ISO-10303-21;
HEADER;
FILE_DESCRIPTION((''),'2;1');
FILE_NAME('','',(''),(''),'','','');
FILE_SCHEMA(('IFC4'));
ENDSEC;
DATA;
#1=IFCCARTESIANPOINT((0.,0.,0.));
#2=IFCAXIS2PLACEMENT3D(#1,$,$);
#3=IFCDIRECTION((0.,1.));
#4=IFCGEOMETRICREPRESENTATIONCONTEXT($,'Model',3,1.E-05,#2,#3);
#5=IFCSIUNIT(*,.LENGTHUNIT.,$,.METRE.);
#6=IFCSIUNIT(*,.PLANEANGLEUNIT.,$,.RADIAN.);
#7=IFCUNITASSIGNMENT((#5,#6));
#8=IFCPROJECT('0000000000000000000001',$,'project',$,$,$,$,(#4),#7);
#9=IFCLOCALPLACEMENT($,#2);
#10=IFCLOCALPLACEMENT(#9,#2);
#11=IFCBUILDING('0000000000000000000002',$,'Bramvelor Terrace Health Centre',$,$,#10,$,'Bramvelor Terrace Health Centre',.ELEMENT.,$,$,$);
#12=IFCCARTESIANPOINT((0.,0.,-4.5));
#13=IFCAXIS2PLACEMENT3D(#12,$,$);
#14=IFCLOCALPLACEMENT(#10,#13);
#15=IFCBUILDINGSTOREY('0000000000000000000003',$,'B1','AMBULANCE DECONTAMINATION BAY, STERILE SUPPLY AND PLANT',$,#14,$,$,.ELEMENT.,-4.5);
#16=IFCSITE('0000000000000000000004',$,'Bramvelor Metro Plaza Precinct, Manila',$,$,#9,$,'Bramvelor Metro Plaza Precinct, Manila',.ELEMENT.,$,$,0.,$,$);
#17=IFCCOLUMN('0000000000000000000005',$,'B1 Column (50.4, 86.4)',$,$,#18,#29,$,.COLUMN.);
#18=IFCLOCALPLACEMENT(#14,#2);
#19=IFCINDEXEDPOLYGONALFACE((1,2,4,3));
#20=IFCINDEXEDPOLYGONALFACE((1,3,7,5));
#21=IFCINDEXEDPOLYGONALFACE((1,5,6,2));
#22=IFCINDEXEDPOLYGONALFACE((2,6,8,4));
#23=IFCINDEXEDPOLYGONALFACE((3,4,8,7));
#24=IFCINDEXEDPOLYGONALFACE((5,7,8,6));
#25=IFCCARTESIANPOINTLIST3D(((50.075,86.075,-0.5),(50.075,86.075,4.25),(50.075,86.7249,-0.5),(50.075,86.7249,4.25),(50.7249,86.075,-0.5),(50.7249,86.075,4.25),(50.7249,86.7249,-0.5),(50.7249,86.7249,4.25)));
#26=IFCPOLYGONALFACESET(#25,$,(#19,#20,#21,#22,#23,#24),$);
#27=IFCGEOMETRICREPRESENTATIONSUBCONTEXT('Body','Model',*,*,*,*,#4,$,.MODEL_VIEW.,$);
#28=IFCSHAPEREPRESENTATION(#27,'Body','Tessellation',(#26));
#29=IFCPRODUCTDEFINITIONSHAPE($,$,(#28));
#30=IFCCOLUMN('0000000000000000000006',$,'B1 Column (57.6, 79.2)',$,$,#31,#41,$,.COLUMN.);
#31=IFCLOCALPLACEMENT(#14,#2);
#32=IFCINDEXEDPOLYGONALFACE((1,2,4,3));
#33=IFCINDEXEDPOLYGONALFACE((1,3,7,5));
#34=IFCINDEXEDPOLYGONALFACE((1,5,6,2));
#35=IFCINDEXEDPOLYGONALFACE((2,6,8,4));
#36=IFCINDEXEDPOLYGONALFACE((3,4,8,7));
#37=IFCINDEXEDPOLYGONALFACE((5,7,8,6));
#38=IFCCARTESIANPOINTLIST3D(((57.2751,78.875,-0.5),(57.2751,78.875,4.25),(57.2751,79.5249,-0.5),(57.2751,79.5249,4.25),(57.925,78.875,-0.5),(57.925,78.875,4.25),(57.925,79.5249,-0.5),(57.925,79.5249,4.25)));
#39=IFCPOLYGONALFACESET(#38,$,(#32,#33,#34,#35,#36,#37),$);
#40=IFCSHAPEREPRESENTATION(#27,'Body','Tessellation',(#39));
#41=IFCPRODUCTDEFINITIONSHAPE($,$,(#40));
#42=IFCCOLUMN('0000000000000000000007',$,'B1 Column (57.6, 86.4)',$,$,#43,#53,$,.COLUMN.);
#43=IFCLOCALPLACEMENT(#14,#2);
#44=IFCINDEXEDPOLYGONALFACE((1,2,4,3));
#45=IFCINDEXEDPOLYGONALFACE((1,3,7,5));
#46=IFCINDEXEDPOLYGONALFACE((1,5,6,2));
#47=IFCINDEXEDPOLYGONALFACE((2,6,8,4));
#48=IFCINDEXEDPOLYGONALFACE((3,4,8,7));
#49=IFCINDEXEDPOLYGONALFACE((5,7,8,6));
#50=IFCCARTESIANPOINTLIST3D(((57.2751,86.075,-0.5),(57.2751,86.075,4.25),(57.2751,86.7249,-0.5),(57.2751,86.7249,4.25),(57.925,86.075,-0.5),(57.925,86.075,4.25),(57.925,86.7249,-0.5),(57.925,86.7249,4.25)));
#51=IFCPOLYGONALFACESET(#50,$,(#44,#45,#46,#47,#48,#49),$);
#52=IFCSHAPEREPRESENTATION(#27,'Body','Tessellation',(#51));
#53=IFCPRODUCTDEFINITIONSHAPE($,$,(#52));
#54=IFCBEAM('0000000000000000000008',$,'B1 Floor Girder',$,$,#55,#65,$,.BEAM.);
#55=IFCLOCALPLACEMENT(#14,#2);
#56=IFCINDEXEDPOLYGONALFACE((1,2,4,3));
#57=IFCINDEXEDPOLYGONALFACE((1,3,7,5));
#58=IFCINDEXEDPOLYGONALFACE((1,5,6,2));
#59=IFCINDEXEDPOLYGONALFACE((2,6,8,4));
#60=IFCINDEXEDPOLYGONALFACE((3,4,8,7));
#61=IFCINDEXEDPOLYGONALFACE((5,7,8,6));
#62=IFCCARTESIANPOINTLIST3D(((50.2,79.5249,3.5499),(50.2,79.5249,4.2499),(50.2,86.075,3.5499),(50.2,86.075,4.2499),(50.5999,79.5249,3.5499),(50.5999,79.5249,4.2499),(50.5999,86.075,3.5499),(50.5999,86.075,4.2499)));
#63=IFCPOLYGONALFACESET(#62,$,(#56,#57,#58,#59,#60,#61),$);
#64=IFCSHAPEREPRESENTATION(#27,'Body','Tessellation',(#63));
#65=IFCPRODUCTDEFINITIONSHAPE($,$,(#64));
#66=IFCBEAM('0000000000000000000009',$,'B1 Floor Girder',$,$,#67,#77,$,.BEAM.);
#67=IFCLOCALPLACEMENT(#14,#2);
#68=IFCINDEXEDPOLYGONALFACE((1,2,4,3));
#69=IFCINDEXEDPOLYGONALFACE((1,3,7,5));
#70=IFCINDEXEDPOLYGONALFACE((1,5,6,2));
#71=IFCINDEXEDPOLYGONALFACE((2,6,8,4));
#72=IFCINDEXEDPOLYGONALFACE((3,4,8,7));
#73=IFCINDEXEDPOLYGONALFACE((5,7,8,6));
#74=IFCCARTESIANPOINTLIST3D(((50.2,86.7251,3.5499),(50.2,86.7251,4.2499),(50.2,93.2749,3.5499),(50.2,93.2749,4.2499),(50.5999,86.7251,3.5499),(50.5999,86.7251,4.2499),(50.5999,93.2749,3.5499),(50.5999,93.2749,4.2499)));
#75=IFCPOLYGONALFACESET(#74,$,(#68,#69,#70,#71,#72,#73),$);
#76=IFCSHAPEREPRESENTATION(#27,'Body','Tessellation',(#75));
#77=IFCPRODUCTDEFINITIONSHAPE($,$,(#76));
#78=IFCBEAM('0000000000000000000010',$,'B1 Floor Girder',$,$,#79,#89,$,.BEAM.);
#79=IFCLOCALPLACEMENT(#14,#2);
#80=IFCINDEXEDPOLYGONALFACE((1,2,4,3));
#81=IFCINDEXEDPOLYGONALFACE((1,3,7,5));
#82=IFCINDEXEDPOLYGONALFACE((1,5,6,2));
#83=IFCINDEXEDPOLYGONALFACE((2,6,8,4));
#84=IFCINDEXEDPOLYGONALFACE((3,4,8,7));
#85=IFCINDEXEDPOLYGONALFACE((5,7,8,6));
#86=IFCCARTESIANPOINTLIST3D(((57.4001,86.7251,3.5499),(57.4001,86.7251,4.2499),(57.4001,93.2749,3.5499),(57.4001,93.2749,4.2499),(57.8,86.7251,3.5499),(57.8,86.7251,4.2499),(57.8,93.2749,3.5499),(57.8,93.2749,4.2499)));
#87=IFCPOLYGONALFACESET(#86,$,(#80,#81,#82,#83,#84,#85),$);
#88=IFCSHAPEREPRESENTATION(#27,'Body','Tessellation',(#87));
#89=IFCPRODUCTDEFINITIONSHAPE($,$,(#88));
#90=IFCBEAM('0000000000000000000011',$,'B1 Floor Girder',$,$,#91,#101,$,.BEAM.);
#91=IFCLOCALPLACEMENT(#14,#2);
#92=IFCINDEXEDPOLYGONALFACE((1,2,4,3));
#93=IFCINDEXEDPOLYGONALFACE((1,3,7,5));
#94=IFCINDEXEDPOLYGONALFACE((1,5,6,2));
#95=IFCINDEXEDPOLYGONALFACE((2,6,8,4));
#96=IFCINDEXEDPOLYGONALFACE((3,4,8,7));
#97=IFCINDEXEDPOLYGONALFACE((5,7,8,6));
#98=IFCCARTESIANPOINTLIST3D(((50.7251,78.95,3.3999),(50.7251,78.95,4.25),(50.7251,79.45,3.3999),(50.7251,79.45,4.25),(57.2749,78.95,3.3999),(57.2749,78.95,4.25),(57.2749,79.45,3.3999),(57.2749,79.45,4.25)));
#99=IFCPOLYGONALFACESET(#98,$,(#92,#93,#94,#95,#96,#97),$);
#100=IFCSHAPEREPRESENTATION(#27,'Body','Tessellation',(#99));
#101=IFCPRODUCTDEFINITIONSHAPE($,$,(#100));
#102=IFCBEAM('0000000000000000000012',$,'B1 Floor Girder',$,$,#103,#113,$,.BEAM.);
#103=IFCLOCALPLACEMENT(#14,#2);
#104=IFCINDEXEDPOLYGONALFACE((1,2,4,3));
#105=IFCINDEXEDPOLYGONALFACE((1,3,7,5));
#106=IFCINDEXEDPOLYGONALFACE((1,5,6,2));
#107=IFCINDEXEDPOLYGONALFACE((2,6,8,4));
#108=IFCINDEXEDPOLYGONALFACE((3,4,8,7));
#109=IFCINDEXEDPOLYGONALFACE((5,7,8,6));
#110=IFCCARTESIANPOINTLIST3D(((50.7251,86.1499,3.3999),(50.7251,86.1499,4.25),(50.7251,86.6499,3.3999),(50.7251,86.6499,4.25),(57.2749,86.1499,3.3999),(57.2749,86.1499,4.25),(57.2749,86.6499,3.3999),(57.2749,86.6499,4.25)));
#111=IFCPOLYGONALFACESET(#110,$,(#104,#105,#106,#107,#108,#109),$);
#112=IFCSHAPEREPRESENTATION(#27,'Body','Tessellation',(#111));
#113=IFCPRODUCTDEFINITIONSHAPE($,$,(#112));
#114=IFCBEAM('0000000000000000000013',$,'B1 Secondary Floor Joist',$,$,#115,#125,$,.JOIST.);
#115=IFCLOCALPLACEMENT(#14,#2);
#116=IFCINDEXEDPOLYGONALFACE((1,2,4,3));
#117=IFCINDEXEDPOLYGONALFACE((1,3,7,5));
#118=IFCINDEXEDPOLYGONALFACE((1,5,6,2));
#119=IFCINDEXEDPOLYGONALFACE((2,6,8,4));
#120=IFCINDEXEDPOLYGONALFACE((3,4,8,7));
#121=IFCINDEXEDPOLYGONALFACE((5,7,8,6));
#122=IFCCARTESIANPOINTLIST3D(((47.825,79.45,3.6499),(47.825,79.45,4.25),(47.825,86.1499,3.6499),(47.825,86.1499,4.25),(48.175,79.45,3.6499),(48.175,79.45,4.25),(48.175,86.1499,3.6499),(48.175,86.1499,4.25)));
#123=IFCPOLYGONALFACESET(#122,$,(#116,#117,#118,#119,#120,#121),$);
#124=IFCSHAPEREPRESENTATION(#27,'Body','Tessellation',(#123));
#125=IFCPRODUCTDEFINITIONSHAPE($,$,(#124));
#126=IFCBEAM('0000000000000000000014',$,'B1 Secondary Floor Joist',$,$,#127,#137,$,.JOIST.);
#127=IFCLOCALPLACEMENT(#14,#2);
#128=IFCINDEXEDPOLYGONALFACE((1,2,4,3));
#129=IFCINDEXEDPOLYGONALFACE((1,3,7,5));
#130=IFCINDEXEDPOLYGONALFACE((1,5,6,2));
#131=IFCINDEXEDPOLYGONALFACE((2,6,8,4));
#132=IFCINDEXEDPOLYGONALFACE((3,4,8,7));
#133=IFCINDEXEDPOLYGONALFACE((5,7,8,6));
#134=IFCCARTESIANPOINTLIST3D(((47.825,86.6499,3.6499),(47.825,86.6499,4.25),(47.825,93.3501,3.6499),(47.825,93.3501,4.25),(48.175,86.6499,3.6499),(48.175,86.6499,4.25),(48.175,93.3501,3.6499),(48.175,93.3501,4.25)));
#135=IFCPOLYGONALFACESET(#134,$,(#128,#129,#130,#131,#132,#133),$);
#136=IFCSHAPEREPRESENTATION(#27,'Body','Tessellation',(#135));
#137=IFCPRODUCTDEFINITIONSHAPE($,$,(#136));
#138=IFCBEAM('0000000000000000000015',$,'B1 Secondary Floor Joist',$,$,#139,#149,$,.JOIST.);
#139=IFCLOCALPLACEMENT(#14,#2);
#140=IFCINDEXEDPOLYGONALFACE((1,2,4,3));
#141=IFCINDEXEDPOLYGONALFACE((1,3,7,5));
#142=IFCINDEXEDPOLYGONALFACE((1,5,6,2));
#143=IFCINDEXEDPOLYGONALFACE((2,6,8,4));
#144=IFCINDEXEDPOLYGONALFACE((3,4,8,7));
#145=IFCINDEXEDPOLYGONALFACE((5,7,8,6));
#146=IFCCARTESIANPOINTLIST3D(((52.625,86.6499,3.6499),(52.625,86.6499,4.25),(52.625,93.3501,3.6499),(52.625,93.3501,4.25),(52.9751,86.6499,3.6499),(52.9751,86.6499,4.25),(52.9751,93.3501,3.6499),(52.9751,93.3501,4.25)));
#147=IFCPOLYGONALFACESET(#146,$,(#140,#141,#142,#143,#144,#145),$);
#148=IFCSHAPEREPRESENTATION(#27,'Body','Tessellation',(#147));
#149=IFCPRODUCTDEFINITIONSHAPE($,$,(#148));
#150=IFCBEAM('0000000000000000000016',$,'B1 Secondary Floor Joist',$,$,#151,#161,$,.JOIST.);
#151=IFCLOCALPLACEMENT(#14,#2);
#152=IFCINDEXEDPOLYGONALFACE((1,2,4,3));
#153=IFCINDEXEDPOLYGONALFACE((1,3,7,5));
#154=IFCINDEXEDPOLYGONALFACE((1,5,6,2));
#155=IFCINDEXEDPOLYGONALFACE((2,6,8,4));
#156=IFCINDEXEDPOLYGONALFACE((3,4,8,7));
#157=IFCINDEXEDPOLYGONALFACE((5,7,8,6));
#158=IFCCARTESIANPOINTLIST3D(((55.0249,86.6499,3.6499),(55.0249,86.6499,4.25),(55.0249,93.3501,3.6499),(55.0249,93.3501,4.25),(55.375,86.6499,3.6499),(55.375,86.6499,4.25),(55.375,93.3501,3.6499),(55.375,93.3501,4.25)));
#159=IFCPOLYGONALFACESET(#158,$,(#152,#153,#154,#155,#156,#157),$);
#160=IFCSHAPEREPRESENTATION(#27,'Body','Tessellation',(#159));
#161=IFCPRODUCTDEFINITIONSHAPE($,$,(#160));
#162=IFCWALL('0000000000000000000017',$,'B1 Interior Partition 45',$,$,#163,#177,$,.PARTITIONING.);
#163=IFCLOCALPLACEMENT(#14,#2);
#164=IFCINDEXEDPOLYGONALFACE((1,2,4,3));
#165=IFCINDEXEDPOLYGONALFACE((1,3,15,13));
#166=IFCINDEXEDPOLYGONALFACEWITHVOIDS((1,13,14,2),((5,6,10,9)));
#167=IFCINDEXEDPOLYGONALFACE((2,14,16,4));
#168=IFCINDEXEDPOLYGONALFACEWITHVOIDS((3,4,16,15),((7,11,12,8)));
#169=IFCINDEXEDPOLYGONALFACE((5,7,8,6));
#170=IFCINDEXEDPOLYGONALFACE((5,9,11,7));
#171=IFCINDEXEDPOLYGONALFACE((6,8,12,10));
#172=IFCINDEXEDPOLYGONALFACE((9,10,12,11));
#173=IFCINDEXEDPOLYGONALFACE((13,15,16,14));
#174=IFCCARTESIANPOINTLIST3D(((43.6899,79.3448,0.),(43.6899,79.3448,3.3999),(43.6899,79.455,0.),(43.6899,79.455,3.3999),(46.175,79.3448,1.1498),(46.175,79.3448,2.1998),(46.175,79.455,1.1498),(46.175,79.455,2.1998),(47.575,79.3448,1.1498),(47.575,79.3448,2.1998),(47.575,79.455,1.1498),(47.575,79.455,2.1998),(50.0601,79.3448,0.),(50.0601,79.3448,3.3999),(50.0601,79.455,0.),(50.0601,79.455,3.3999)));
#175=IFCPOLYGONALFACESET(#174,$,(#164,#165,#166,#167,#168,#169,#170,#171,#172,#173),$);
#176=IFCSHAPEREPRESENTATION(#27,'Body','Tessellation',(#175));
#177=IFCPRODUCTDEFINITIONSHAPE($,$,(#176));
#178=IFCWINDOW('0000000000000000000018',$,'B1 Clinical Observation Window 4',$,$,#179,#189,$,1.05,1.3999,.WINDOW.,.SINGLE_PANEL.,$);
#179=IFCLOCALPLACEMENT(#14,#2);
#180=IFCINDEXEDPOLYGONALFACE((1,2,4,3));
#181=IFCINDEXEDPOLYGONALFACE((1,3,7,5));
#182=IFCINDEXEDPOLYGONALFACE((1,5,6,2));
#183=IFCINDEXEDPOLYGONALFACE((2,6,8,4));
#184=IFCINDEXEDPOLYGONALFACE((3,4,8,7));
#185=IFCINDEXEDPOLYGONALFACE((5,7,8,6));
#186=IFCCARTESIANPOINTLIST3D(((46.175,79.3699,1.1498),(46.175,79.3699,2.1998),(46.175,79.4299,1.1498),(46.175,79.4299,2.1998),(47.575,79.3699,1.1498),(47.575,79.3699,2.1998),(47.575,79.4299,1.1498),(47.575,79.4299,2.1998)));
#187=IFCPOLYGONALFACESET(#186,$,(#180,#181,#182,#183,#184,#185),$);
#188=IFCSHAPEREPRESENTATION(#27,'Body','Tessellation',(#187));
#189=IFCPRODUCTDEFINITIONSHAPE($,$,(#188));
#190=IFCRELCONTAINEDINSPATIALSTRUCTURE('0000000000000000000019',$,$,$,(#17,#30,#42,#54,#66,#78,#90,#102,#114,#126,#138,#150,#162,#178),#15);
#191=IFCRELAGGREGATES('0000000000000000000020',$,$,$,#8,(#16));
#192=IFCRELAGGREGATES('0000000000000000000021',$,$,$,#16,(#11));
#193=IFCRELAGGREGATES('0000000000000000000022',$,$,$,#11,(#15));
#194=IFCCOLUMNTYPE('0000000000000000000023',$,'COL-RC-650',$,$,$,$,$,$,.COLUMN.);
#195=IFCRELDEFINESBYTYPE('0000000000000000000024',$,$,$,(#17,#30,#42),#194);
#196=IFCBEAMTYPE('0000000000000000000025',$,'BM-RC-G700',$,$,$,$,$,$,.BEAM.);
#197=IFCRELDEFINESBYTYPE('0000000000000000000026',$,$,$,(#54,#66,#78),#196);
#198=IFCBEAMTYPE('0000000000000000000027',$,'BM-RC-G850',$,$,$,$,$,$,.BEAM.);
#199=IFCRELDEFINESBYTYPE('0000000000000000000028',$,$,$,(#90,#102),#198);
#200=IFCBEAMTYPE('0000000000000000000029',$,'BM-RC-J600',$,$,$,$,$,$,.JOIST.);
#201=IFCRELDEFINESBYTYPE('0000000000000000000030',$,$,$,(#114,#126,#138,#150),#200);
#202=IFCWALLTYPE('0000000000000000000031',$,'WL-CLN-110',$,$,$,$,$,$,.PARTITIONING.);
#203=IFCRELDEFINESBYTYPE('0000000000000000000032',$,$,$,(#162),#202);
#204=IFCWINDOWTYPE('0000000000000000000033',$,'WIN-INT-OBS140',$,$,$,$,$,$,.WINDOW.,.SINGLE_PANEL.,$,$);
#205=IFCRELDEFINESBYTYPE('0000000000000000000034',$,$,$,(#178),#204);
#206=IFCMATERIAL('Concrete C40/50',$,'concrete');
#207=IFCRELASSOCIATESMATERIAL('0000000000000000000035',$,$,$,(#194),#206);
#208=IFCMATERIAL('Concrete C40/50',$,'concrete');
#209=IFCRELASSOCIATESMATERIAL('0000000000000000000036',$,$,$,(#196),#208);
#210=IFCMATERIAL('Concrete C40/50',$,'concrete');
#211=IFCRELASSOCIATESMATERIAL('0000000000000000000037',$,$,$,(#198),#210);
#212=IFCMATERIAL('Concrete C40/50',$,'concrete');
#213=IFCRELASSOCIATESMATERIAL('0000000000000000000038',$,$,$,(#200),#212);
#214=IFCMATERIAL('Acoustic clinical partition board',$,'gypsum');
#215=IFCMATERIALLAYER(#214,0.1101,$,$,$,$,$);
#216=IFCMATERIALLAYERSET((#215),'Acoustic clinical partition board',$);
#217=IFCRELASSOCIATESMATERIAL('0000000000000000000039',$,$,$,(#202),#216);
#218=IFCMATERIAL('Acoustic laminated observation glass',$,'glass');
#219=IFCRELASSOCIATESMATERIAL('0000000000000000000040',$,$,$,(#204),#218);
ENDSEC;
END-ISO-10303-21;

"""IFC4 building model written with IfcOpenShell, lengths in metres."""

from ifc_helpers import new_model, si_unit, direction, frame, frame_2d, origin, origin_2d, place, context, subcontext, project, spatial, rectangle, extrude, material, layer, layer_set, material_profile, profile_set, type_object, element, fill, save


model = new_model("IFC4")

# Units and contexts
model_context = context("Model", 3, precision=1e-05, world=origin(), true_north=direction((0.0, 1.0)))
body_context = subcontext(model_context, "Body", "Model", "MODEL_VIEW")
ifc_project = project(units=[si_unit("LENGTHUNIT", "METRE"), si_unit("PLANEANGLEUNIT", "RADIAN")], contexts=[model_context])

# Site, building, storey
site_placement = place(None, origin())
site = spatial("IfcSite", under=ifc_project, at=site_placement, Name="Bramvelor Metro Plaza Precinct, Manila", LongName="Bramvelor Metro Plaza Precinct, Manila", CompositionType="ELEMENT", RefElevation=0.0)
building_placement = place(site_placement, origin())
building = spatial("IfcBuilding", under=site, at=building_placement, Name="Bramvelor Terrace Health Centre", LongName="Bramvelor Terrace Health Centre", CompositionType="ELEMENT")
storey_placement = place(building_placement, frame((0.0, 0.0, -4.5)))
storey = spatial("IfcBuildingStorey", under=building, at=storey_placement, Name="B1", Description="AMBULANCE DECONTAMINATION BAY, STERILE SUPPLY AND PLANT", CompositionType="ELEMENT", Elevation=-4.5)

# Columns
ifc_material_1 = material(Name="Concrete C40/50", Category="concrete")
ifc_material_profile_1 = material_profile(ifc_material_1, rectangle(XDim=0.6499, YDim=0.6499, at=origin_2d()), Name="RC 650x650")
ifc_profile_set_1 = profile_set([ifc_material_profile_1], Name="Concrete C40/50")
column_type = type_object("IfcColumnType", Name="COL-RC-650", PredefinedType="COLUMN", material=ifc_profile_set_1)
for number, where, z_axis, x_axis, name in (
    (1, (50.3999, 86.3999, -0.5), (0.0, 0.0, 1.0), (1.0, 0.0, 0.0), "B1 Column (50.4, 86.4)"),
    (2, (57.6001, 79.2, -0.5), (0.0, 0.0, 1.0), (1.0, 0.0, 0.0), "B1 Column (57.6, 79.2)"),
    (3, (57.6001, 86.3999, -0.5), (0.0, 0.0, 1.0), (1.0, 0.0, 0.0), "B1 Column (57.6, 86.4)"),
):
    element("IfcColumn", number, at=place(storey_placement, frame(where, z_axis=z_axis, x_axis=x_axis)), inside=storey, type_object=column_type, Name=name, PredefinedType="COLUMN", context=body_context, shape_type="SweptSolid", body=[
        extrude(rectangle(XDim=0.6499, YDim=0.6499, at=origin_2d()), origin(), (0.0, 0.0, 1.0), 4.75),
    ])

# Beams
ifc_material_2 = material(Name="Concrete C40/50", Category="concrete")
ifc_material_profile_2 = material_profile(ifc_material_2, rectangle(XDim=0.3999, YDim=0.7, at=origin_2d()), Name="RC 400x700")
ifc_profile_set_2 = profile_set([ifc_material_profile_2], Name="Concrete C40/50")
beam_type_1 = type_object("IfcBeamType", Name="BM-RC-G700", PredefinedType="BEAM", material=ifc_profile_set_2)
beam_1_placement = place(storey_placement, frame((50.3999, 79.5249, 3.8999), z_axis=(0.0, 1.0, 0.0), x_axis=(-1.0, 0.0, 0.0)))
element("IfcBeam", 4, at=beam_1_placement, inside=storey, type_object=beam_type_1, Name="B1 Floor Girder", PredefinedType="BEAM", context=body_context, shape_type="SweptSolid", body=[
    extrude(rectangle(XDim=0.3999, YDim=0.7, at=origin_2d()), origin(), (0.0, 0.0, 1.0), 6.55),
])
for number, where, z_axis, x_axis, name in (
    (5, (50.3999, 86.7251, 3.8999), (0.0, 1.0, 0.0), (-1.0, 0.0, 0.0), "B1 Floor Girder"),
    (6, (57.6001, 86.7251, 3.8999), (0.0, 1.0, 0.0), (-1.0, 0.0, 0.0), "B1 Floor Girder"),
):
    element("IfcBeam", number, at=place(storey_placement, frame(where, z_axis=z_axis, x_axis=x_axis)), inside=storey, type_object=beam_type_1, Name=name, PredefinedType="BEAM", context=body_context, shape_type="SweptSolid", body=[
        extrude(rectangle(XDim=0.3999, YDim=0.7, at=origin_2d()), origin(), (0.0, 0.0, 1.0), 6.5498),
    ])
ifc_material_3 = material(Name="Concrete C40/50", Category="concrete")
ifc_material_profile_3 = material_profile(ifc_material_3, rectangle(XDim=0.5, YDim=0.8501, at=origin_2d()), Name="RC 500x850")
ifc_profile_set_3 = profile_set([ifc_material_profile_3], Name="Concrete C40/50")
beam_type_2 = type_object("IfcBeamType", Name="BM-RC-G850", PredefinedType="BEAM", material=ifc_profile_set_3)
for number, where, z_axis, x_axis, name in (
    (7, (50.7251, 79.2, 3.825), (1.0, 0.0, 0.0), (0.0, 1.0, 0.0), "B1 Floor Girder"),
    (8, (50.7251, 86.3999, 3.825), (1.0, 0.0, 0.0), (0.0, 1.0, 0.0), "B1 Floor Girder"),
):
    element("IfcBeam", number, at=place(storey_placement, frame(where, z_axis=z_axis, x_axis=x_axis)), inside=storey, type_object=beam_type_2, Name=name, PredefinedType="BEAM", context=body_context, shape_type="SweptSolid", body=[
        extrude(rectangle(XDim=0.5, YDim=0.8501, at=origin_2d()), origin(), (0.0, 0.0, 1.0), 6.5498),
    ])
ifc_material_4 = material(Name="Concrete C40/50", Category="concrete")
ifc_material_profile_4 = material_profile(ifc_material_4, rectangle(XDim=0.3501, YDim=0.6001, at=origin_2d()), Name="RC 350x600")
ifc_profile_set_4 = profile_set([ifc_material_profile_4], Name="Concrete C40/50")
beam_type_3 = type_object("IfcBeamType", Name="BM-RC-J600", PredefinedType="JOIST", material=ifc_profile_set_4)
beam_2_placement = place(storey_placement, frame((48.0, 79.45, 3.95), z_axis=(0.0, 1.0, 0.0), x_axis=(-1.0, 0.0, 0.0)))
element("IfcBeam", 9, at=beam_2_placement, inside=storey, type_object=beam_type_3, Name="B1 Secondary Floor Joist", PredefinedType="JOIST", context=body_context, shape_type="SweptSolid", body=[
    extrude(rectangle(XDim=0.3501, YDim=0.6001, at=origin_2d()), origin(), (0.0, 0.0, 1.0), 6.7),
])
for number, where, z_axis, x_axis, name in (
    (10, (48.0, 86.6499, 3.95), (0.0, 1.0, 0.0), (-1.0, 0.0, 0.0), "B1 Secondary Floor Joist"),
    (11, (52.8, 86.6499, 3.95), (0.0, 1.0, 0.0), (-1.0, 0.0, 0.0), "B1 Secondary Floor Joist"),
    (12, (55.2, 86.6499, 3.95), (0.0, 1.0, 0.0), (-1.0, 0.0, 0.0), "B1 Secondary Floor Joist"),
):
    element("IfcBeam", number, at=place(storey_placement, frame(where, z_axis=z_axis, x_axis=x_axis)), inside=storey, type_object=beam_type_3, Name=name, PredefinedType="JOIST", context=body_context, shape_type="SweptSolid", body=[
        extrude(rectangle(XDim=0.3501, YDim=0.6001, at=origin_2d()), origin(), (0.0, 0.0, 1.0), 6.7002),
    ])

# Wall, opening, window
ifc_material_5 = material(Name="Acoustic clinical partition board", Category="gypsum")
ifc_layer_1 = layer(ifc_material_5, 0.1101)
ifc_layer_set_1 = layer_set([ifc_layer_1], Name="Acoustic clinical partition board")
wall_type_1 = type_object("IfcWallType", Name="WL-CLN-110", PredefinedType="PARTITIONING", material=ifc_layer_set_1)
wall_1_placement = place(storey_placement, frame((50.0601, 79.3999, 0.0), z_axis=(0.0, 0.0, 1.0), x_axis=(-1.0, 0.0, 0.0)))
wall_1 = element("IfcWall", 13, at=wall_1_placement, inside=storey, type_object=wall_type_1, Name="B1 Interior Partition 45", PredefinedType="PARTITIONING", context=body_context, shape_type="SweptSolid", body=[
    extrude(rectangle(XDim=6.3701, YDim=0.1101, at=frame_2d((3.1851, 0.0))), origin(), (0.0, 0.0, 1.0), 3.3999),
])
opening_placement = place(wall_1_placement, frame((2.4851, 0.0, 1.1499)))
opening = element("IfcOpeningElement", 14, at=opening_placement, cuts=wall_1, PredefinedType="OPENING", context=body_context, shape_type="SweptSolid", body=[
    extrude(rectangle(XDim=1.3999, YDim=1.05, at=frame_2d((0.7, 0.5249))), frame((0.0, 0.0649, 0.0), z_axis=(0.0, -1.0, 0.0), x_axis=(1.0, 0.0, 0.0)), (0.0, 0.0, 1.0), 0.1301),
])
ifc_material_6 = material(Name="Acoustic laminated observation glass", Category="glass")
window_type = type_object("IfcWindowType", Name="WIN-INT-OBS140", PartitioningType="SINGLE_PANEL", PredefinedType="WINDOW", material=ifc_material_6)
window_placement = place(opening_placement, origin())
window = element("IfcWindow", 15, at=window_placement, inside=storey, type_object=window_type, Name="B1 Clinical Observation Window 4", OverallHeight=1.05, OverallWidth=1.3999, PartitioningType="SINGLE_PANEL", PredefinedType="WINDOW", context=body_context, shape_type="SweptSolid", body=[
    extrude(rectangle(XDim=1.3999, YDim=1.05, at=frame_2d((0.7, 0.5249))), frame((0.0, 0.03, 0.0), z_axis=(0.0, -1.0, 0.0), x_axis=(1.0, 0.0, 0.0)), (0.0, 0.0, 1.0), 0.0601),
])
fill(opening, window)

save(model, "model.ifc")
